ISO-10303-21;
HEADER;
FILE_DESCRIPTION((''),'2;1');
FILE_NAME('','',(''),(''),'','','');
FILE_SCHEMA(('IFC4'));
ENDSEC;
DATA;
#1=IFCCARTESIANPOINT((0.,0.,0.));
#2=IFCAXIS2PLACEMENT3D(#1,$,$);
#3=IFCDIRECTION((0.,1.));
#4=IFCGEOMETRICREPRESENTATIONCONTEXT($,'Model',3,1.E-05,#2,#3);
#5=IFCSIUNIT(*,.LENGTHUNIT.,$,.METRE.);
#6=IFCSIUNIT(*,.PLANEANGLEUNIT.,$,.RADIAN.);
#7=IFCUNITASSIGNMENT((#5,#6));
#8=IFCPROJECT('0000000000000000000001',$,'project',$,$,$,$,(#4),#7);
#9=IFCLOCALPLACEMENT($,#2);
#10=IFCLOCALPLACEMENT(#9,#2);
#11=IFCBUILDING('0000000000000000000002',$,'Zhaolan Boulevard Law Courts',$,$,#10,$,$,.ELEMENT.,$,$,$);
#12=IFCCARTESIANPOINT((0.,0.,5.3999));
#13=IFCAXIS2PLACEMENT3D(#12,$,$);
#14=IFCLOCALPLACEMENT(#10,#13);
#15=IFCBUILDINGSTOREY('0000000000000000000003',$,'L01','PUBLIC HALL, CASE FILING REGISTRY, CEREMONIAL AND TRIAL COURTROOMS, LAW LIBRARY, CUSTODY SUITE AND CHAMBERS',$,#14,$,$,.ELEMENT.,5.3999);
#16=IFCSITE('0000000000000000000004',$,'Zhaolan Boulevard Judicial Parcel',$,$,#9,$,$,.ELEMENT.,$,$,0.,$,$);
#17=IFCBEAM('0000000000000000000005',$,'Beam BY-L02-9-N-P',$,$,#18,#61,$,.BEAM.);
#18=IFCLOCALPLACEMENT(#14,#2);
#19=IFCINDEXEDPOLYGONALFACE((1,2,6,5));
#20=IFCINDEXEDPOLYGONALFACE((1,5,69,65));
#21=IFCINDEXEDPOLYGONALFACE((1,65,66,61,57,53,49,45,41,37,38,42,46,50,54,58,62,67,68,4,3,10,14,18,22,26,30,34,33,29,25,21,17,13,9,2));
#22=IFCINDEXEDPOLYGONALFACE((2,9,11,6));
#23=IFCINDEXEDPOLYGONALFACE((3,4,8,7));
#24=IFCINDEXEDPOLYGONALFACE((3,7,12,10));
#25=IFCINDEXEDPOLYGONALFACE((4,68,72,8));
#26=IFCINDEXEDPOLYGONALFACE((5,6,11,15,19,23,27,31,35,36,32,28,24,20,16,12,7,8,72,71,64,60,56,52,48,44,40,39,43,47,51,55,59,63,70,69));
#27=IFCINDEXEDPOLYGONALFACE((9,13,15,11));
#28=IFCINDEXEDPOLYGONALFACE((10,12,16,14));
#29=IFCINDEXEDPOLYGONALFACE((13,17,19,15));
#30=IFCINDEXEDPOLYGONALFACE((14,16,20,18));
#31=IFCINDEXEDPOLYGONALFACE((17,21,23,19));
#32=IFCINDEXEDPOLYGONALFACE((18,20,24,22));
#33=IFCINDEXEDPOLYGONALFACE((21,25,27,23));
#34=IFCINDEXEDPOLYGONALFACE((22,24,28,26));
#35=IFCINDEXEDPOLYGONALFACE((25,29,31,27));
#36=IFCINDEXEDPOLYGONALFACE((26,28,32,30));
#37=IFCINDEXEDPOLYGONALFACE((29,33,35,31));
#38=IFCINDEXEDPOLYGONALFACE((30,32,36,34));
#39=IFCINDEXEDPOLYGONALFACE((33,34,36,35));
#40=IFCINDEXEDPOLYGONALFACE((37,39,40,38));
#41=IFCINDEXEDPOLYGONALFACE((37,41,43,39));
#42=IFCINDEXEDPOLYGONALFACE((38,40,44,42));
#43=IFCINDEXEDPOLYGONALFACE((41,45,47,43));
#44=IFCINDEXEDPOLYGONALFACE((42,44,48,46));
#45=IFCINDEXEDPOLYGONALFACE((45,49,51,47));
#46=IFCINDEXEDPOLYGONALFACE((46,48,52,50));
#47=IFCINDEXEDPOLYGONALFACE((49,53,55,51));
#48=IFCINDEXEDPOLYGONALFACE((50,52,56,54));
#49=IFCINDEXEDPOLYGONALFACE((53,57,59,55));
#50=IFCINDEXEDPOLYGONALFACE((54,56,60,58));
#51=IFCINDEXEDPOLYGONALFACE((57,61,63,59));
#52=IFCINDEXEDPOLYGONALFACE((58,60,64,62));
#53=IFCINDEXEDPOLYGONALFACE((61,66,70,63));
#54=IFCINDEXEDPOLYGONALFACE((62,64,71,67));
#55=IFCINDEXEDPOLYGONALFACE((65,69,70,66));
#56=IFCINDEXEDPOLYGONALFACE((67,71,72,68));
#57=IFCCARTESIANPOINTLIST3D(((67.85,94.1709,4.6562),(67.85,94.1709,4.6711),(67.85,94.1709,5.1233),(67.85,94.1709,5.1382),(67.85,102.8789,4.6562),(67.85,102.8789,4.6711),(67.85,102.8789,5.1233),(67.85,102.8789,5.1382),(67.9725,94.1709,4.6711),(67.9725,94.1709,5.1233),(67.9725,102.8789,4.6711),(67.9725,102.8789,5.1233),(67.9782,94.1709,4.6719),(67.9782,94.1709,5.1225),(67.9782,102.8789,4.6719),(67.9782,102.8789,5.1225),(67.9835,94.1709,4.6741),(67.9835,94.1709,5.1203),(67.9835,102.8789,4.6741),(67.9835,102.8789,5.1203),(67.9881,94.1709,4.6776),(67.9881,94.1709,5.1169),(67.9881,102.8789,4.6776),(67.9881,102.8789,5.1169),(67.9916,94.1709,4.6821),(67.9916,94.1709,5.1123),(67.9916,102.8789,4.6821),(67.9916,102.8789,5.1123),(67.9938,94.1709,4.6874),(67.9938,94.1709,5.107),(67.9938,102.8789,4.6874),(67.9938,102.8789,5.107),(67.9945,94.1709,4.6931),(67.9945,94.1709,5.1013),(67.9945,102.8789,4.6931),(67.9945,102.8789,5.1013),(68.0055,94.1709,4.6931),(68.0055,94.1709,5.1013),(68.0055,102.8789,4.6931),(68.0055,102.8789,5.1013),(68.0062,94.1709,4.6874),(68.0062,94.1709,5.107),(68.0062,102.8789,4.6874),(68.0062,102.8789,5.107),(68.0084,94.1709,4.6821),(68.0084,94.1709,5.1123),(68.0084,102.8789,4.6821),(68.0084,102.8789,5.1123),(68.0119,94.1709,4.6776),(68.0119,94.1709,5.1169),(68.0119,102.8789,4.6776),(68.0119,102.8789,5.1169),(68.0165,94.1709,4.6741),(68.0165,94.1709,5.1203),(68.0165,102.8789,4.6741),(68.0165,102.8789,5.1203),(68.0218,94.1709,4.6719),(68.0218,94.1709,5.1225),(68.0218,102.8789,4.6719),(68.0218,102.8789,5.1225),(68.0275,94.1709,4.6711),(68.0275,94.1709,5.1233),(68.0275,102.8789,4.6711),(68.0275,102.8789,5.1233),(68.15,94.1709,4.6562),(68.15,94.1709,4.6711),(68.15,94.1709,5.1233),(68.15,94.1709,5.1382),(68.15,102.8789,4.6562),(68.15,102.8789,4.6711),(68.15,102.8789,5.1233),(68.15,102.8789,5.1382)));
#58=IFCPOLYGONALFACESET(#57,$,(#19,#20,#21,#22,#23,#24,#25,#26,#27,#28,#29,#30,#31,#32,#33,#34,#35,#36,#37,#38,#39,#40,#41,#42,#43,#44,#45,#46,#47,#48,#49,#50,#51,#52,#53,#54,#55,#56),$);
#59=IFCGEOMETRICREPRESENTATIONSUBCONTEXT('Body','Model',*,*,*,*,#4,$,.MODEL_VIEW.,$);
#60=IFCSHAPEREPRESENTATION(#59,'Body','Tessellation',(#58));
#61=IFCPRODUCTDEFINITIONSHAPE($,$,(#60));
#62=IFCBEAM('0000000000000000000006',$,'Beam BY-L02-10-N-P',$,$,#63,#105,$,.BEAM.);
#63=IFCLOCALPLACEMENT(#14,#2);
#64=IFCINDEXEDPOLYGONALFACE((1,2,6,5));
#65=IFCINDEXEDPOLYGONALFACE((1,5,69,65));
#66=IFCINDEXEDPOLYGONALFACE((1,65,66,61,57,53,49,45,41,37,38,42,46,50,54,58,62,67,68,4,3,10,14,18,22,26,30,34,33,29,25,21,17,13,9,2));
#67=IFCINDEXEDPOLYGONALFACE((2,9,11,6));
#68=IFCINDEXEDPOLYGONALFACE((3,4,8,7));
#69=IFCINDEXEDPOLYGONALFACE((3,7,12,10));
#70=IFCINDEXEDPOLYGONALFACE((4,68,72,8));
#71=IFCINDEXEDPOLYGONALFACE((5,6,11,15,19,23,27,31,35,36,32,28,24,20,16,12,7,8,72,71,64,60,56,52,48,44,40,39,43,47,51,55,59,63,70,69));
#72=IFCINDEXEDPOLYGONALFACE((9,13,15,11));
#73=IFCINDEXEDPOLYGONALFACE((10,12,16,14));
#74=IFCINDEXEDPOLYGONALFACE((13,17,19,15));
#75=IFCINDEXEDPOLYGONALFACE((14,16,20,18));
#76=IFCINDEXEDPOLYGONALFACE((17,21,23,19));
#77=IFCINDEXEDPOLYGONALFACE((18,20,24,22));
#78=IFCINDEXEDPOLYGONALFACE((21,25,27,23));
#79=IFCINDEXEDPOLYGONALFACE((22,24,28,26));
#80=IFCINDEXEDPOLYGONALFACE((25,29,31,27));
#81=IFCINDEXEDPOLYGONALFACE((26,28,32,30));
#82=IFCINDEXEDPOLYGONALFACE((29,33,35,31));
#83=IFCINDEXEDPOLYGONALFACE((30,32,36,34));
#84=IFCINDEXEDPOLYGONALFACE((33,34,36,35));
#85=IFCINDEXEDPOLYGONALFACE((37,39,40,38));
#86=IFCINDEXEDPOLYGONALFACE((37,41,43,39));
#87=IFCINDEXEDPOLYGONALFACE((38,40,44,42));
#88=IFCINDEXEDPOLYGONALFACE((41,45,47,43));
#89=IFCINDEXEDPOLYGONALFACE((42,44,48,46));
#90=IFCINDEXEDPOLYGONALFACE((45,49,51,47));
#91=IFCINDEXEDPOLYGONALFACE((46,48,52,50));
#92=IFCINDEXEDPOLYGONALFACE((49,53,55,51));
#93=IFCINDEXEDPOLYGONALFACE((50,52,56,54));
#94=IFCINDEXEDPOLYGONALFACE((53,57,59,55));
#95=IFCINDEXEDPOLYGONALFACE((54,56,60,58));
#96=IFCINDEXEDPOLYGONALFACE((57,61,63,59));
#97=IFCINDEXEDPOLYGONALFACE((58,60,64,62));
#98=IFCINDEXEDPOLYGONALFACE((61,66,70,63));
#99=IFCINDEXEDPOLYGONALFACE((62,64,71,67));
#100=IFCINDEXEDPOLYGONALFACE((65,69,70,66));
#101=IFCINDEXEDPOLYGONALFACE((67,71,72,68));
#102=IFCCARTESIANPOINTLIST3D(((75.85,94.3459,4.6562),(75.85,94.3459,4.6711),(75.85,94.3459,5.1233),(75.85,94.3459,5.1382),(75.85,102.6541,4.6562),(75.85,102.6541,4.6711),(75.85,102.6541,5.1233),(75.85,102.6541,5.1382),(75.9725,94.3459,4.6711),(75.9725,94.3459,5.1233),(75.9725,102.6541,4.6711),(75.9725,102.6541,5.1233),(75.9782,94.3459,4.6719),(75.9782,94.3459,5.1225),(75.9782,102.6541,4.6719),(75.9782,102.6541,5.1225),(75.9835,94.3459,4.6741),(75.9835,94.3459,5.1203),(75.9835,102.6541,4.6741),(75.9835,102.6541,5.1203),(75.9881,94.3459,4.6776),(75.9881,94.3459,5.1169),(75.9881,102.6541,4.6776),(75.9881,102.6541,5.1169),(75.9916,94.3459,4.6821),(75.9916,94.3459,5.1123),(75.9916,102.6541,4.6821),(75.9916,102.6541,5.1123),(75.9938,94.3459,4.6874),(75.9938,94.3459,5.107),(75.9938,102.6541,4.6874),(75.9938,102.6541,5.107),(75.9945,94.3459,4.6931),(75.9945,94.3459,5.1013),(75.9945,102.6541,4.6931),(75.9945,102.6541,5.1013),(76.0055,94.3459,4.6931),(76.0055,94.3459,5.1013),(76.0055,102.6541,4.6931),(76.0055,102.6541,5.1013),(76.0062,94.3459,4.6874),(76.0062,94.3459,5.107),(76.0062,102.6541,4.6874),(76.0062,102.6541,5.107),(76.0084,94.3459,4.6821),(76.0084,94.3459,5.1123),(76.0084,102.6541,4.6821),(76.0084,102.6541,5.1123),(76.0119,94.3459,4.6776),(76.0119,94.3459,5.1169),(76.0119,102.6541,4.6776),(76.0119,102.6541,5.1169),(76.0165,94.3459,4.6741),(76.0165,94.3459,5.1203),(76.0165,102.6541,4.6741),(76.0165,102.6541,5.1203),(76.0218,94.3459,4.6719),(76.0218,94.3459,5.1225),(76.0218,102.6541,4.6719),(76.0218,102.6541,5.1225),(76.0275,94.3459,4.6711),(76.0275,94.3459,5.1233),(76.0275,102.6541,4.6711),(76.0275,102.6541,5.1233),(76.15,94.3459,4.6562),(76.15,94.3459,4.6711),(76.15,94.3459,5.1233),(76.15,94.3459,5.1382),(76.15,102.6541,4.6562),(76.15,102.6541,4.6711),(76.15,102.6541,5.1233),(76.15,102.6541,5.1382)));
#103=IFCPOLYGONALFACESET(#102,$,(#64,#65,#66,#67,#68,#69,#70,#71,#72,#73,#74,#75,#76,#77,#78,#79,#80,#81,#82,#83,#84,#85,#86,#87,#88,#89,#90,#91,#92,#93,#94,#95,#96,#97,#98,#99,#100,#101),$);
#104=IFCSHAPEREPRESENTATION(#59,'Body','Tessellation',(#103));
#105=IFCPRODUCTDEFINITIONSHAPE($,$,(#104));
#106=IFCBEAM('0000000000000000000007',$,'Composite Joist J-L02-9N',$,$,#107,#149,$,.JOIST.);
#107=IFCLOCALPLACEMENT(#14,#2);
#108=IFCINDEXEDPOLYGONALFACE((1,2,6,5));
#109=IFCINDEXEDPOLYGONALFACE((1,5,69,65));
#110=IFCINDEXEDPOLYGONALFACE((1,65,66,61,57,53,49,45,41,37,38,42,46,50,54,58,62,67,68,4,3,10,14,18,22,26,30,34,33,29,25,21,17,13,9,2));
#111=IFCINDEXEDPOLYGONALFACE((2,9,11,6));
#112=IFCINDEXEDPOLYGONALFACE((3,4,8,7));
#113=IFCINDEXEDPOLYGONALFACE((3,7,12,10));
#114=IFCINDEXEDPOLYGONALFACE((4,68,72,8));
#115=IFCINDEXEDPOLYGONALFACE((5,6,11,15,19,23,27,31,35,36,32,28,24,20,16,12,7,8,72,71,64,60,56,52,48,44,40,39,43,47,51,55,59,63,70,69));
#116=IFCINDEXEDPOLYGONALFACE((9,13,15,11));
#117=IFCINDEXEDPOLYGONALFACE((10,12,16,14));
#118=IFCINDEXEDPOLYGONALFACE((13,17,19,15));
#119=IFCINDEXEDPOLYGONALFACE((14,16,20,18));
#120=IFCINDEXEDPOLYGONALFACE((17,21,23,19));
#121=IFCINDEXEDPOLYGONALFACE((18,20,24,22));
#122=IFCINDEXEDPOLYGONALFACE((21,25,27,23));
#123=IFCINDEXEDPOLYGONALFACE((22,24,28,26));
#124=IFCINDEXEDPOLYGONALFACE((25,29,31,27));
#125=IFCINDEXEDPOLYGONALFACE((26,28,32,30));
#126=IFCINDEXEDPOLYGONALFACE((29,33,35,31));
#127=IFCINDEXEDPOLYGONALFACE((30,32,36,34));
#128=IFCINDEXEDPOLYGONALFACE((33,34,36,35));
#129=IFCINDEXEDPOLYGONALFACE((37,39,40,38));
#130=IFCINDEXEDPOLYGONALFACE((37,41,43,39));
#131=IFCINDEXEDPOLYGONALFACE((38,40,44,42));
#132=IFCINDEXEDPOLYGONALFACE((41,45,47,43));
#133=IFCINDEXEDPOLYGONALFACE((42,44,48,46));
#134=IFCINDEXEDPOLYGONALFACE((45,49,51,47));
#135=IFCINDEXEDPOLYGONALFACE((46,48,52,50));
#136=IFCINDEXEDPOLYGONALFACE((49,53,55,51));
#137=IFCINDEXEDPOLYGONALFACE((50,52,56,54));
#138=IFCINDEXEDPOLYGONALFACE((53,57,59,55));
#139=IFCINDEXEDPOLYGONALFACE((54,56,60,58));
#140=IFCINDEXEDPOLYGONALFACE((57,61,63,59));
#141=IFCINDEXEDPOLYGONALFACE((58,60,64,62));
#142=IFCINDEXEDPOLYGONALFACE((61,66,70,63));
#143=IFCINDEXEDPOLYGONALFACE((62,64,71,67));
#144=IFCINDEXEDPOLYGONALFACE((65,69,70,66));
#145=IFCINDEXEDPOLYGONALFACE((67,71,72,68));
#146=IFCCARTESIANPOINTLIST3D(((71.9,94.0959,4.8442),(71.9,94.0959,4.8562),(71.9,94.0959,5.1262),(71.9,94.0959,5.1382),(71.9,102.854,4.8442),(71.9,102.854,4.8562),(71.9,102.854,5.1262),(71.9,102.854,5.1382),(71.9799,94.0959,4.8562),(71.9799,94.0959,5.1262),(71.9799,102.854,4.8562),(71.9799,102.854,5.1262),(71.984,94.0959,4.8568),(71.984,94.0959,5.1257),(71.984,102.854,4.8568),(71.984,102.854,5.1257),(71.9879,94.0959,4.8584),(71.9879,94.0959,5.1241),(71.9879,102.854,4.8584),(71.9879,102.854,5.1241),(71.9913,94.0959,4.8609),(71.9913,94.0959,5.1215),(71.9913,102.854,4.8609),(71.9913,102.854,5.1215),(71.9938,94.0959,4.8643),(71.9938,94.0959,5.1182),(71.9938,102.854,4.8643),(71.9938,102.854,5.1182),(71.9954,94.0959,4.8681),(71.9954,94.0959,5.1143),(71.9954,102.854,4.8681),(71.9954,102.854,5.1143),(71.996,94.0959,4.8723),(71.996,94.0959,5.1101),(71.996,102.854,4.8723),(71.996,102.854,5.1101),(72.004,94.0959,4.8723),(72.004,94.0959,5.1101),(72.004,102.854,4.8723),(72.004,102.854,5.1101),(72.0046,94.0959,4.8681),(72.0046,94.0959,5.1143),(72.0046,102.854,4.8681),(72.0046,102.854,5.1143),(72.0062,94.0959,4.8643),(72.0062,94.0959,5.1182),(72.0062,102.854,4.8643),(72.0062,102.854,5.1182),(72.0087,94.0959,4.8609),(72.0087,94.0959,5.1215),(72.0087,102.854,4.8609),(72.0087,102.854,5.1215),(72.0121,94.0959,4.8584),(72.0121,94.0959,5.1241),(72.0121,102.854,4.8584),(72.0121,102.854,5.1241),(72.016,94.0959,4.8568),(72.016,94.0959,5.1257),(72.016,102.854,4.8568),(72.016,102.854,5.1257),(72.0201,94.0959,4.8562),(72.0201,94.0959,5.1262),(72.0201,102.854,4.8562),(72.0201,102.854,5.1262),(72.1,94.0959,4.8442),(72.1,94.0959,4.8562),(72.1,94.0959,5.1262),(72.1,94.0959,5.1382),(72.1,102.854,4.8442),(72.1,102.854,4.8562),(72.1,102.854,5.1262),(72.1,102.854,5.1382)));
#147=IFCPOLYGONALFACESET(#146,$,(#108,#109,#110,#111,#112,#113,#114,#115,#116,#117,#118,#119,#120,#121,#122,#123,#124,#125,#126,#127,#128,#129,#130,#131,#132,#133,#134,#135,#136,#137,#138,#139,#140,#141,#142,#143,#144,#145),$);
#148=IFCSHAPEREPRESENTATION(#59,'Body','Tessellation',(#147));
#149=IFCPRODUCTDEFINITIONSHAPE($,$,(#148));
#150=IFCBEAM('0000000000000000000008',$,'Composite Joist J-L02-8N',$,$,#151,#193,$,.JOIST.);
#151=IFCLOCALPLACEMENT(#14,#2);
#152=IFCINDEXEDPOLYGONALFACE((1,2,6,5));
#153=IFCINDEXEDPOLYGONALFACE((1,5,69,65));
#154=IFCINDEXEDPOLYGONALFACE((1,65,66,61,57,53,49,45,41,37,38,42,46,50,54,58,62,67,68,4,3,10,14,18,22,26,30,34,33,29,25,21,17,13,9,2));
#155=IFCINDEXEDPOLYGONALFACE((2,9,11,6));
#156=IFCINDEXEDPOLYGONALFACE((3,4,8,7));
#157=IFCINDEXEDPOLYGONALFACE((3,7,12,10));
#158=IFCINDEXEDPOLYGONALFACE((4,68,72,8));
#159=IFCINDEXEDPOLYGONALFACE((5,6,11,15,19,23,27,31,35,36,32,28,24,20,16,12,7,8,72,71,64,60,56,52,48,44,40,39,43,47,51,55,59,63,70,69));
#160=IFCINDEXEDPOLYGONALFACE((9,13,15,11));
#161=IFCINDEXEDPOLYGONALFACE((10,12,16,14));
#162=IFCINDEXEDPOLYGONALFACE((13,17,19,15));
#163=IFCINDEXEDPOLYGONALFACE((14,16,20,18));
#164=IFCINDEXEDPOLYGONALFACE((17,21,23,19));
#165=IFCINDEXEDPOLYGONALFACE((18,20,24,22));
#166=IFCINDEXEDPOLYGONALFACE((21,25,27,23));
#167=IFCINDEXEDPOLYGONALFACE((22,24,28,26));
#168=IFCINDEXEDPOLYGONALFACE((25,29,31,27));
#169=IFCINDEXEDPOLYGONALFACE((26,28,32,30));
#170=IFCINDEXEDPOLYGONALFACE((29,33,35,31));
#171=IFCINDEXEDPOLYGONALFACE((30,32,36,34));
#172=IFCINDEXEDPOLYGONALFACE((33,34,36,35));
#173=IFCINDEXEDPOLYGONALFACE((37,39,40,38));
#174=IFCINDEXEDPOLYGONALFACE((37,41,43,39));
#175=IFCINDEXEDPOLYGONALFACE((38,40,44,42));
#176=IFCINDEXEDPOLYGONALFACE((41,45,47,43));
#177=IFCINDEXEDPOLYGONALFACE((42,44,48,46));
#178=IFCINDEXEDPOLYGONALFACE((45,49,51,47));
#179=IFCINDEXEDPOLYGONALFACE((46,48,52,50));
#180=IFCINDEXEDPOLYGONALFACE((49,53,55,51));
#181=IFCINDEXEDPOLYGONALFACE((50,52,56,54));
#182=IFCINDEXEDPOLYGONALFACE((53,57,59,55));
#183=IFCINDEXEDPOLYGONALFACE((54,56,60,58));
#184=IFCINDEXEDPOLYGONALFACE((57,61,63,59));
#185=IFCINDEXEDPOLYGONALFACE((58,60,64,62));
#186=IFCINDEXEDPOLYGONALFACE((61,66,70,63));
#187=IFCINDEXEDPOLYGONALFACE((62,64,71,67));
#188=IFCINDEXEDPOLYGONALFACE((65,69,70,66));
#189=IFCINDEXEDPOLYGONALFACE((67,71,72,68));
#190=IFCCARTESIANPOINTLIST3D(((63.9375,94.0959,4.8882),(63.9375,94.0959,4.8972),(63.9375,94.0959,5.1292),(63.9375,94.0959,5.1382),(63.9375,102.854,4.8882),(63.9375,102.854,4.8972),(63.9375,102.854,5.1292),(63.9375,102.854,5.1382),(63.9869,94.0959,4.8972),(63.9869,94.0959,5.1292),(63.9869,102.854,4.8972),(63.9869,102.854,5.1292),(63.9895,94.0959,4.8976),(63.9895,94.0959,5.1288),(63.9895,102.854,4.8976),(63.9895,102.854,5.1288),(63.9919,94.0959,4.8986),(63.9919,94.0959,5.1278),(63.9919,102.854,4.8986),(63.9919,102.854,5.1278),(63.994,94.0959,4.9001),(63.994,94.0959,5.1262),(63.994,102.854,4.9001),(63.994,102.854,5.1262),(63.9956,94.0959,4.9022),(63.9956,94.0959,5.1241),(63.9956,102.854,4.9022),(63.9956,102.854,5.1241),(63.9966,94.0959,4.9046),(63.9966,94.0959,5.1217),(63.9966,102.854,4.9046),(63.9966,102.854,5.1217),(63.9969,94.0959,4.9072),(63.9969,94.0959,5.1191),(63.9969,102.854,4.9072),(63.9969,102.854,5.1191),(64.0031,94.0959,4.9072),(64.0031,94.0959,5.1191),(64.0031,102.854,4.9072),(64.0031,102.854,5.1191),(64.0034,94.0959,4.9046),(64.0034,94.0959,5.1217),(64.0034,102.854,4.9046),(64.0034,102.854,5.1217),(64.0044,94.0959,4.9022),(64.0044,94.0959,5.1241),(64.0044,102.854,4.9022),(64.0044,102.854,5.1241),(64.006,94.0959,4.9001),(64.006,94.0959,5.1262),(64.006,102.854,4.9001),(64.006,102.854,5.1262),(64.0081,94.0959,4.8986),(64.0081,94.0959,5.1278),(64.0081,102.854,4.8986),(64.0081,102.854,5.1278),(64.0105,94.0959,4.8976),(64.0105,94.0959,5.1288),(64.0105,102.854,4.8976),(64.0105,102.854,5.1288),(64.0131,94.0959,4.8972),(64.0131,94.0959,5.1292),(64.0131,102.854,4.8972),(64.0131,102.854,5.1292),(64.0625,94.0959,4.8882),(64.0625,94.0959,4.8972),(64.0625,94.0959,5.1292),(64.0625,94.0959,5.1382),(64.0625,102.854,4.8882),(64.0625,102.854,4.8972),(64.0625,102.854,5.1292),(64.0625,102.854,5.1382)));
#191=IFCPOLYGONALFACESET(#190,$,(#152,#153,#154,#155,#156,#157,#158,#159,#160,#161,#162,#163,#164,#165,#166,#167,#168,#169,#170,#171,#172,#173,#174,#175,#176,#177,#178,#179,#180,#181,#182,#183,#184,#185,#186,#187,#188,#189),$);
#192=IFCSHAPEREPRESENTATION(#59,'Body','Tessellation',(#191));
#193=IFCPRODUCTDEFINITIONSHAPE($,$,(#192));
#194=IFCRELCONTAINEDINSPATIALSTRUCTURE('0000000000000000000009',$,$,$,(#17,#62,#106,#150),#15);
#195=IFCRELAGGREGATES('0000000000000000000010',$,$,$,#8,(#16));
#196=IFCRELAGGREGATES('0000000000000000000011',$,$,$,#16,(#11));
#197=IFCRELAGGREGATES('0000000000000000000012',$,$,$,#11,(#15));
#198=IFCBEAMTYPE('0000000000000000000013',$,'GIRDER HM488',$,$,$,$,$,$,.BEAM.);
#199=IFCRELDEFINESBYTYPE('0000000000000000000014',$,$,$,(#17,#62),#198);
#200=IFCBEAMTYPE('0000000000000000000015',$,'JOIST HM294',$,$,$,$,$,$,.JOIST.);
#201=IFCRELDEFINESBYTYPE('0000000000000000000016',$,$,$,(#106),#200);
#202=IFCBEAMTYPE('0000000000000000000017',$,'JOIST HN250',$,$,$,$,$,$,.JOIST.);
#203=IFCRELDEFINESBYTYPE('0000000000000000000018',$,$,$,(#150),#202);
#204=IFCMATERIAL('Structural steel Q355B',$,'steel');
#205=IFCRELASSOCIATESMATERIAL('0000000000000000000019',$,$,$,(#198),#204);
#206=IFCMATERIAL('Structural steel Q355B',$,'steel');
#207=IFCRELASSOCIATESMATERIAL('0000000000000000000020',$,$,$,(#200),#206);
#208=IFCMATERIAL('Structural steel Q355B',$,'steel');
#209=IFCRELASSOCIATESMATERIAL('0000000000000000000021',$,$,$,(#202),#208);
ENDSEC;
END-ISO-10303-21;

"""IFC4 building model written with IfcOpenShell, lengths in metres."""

from ifc_helpers import new_model, si_unit, direction, frame, origin, origin_2d, place, context, subcontext, project, spatial, i_section, extrude, material, material_profile, profile_set, type_object, element, save


model = new_model("IFC4")

# Units and contexts
model_context = context("Model", 3, precision=1e-05, world=origin(), true_north=direction((0.0, 1.0)))
body_context = subcontext(model_context, "Body", "Model", "MODEL_VIEW")
ifc_project = project(units=[si_unit("LENGTHUNIT", "METRE"), si_unit("PLANEANGLEUNIT", "RADIAN")], contexts=[model_context])

# Site, building, storey
site_placement = place(None, origin())
site = spatial("IfcSite", under=ifc_project, at=site_placement, Name="Zhaolan Boulevard Judicial Parcel", CompositionType="ELEMENT", RefElevation=0.0)
building_placement = place(site_placement, origin())
building = spatial("IfcBuilding", under=site, at=building_placement, Name="Zhaolan Boulevard Law Courts", CompositionType="ELEMENT")
storey_placement = place(building_placement, frame((0.0, 0.0, 5.3999)))
storey = spatial("IfcBuildingStorey", under=building, at=storey_placement, Name="L01", Description="PUBLIC HALL, CASE FILING REGISTRY, CEREMONIAL AND TRIAL COURTROOMS, LAW LIBRARY, CUSTODY SUITE AND CHAMBERS", CompositionType="ELEMENT", Elevation=5.3999)

# Beams
ifc_material_1 = material(Name="Structural steel Q355B", Category="steel")
ifc_material_profile_1 = material_profile(ifc_material_1, i_section(OverallWidth=0.3, OverallDepth=0.4819, WebThickness=0.011, FlangeThickness=0.0149, FilletRadius=0.022, at=origin_2d()), Name="HM482x300")
ifc_profile_set_1 = profile_set([ifc_material_profile_1], Name="Structural steel Q355B")
beam_type_1 = type_object("IfcBeamType", Name="GIRDER HM488", PredefinedType="BEAM", material=ifc_profile_set_1)
beam_1_placement = place(storey_placement, frame((68.0, 94.1709, 4.8972), z_axis=(0.0, 1.0, 0.0), x_axis=(-1.0, 0.0, 0.0)))
element("IfcBeam", 1, at=beam_1_placement, inside=storey, type_object=beam_type_1, Name="Beam BY-L02-9-N-P", PredefinedType="BEAM", context=body_context, shape_type="SweptSolid", body=[
    extrude(i_section(OverallWidth=0.3, OverallDepth=0.4819, WebThickness=0.011, FlangeThickness=0.0149, FilletRadius=0.022, at=origin_2d()), origin(), (0.0, 0.0, 1.0), 8.708),
])
beam_2_placement = place(storey_placement, frame((76.0, 94.3459, 4.8972), z_axis=(0.0, 1.0, 0.0), x_axis=(-1.0, 0.0, 0.0)))
element("IfcBeam", 2, at=beam_2_placement, inside=storey, type_object=beam_type_1, Name="Beam BY-L02-10-N-P", PredefinedType="BEAM", context=body_context, shape_type="SweptSolid", body=[
    extrude(i_section(OverallWidth=0.3, OverallDepth=0.4819, WebThickness=0.011, FlangeThickness=0.0149, FilletRadius=0.022, at=origin_2d()), origin(), (0.0, 0.0, 1.0), 8.3081),
])
ifc_material_2 = material(Name="Structural steel Q355B", Category="steel")
ifc_material_profile_2 = material_profile(ifc_material_2, i_section(OverallWidth=0.2, OverallDepth=0.2939, WebThickness=0.0081, FlangeThickness=0.012, FilletRadius=0.0161, at=origin_2d()), Name="HM294x200")
ifc_profile_set_2 = profile_set([ifc_material_profile_2], Name="Structural steel Q355B")
beam_type_2 = type_object("IfcBeamType", Name="JOIST HM294", PredefinedType="JOIST", material=ifc_profile_set_2)
beam_3_placement = place(storey_placement, frame((72.0, 94.0959, 4.9912), z_axis=(0.0, 1.0, 0.0), x_axis=(-1.0, 0.0, 0.0)))
element("IfcBeam", 3, at=beam_3_placement, inside=storey, type_object=beam_type_2, Name="Composite Joist J-L02-9N", PredefinedType="JOIST", context=body_context, shape_type="SweptSolid", body=[
    extrude(i_section(OverallWidth=0.2, OverallDepth=0.2939, WebThickness=0.0081, FlangeThickness=0.012, FilletRadius=0.0161, at=origin_2d()), origin(), (0.0, 0.0, 1.0), 8.7581),
])
ifc_material_3 = material(Name="Structural steel Q355B", Category="steel")
ifc_material_profile_3 = material_profile(ifc_material_3, i_section(OverallWidth=0.125, OverallDepth=0.25, WebThickness=0.0061, FlangeThickness=0.009, FilletRadius=0.01, at=origin_2d()), Name="HN250x125")
ifc_profile_set_3 = profile_set([ifc_material_profile_3], Name="Structural steel Q355B")
beam_type_3 = type_object("IfcBeamType", Name="JOIST HN250", PredefinedType="JOIST", material=ifc_profile_set_3)
beam_4_placement = place(storey_placement, frame((64.0, 94.0959, 5.0132), z_axis=(0.0, 1.0, 0.0), x_axis=(-1.0, 0.0, 0.0)))
element("IfcBeam", 4, at=beam_4_placement, inside=storey, type_object=beam_type_3, Name="Composite Joist J-L02-8N", PredefinedType="JOIST", context=body_context, shape_type="SweptSolid", body=[
    extrude(i_section(OverallWidth=0.125, OverallDepth=0.25, WebThickness=0.0061, FlangeThickness=0.009, FilletRadius=0.01, at=origin_2d()), origin(), (0.0, 0.0, 1.0), 8.7581),
])

save(model, "model.ifc")
